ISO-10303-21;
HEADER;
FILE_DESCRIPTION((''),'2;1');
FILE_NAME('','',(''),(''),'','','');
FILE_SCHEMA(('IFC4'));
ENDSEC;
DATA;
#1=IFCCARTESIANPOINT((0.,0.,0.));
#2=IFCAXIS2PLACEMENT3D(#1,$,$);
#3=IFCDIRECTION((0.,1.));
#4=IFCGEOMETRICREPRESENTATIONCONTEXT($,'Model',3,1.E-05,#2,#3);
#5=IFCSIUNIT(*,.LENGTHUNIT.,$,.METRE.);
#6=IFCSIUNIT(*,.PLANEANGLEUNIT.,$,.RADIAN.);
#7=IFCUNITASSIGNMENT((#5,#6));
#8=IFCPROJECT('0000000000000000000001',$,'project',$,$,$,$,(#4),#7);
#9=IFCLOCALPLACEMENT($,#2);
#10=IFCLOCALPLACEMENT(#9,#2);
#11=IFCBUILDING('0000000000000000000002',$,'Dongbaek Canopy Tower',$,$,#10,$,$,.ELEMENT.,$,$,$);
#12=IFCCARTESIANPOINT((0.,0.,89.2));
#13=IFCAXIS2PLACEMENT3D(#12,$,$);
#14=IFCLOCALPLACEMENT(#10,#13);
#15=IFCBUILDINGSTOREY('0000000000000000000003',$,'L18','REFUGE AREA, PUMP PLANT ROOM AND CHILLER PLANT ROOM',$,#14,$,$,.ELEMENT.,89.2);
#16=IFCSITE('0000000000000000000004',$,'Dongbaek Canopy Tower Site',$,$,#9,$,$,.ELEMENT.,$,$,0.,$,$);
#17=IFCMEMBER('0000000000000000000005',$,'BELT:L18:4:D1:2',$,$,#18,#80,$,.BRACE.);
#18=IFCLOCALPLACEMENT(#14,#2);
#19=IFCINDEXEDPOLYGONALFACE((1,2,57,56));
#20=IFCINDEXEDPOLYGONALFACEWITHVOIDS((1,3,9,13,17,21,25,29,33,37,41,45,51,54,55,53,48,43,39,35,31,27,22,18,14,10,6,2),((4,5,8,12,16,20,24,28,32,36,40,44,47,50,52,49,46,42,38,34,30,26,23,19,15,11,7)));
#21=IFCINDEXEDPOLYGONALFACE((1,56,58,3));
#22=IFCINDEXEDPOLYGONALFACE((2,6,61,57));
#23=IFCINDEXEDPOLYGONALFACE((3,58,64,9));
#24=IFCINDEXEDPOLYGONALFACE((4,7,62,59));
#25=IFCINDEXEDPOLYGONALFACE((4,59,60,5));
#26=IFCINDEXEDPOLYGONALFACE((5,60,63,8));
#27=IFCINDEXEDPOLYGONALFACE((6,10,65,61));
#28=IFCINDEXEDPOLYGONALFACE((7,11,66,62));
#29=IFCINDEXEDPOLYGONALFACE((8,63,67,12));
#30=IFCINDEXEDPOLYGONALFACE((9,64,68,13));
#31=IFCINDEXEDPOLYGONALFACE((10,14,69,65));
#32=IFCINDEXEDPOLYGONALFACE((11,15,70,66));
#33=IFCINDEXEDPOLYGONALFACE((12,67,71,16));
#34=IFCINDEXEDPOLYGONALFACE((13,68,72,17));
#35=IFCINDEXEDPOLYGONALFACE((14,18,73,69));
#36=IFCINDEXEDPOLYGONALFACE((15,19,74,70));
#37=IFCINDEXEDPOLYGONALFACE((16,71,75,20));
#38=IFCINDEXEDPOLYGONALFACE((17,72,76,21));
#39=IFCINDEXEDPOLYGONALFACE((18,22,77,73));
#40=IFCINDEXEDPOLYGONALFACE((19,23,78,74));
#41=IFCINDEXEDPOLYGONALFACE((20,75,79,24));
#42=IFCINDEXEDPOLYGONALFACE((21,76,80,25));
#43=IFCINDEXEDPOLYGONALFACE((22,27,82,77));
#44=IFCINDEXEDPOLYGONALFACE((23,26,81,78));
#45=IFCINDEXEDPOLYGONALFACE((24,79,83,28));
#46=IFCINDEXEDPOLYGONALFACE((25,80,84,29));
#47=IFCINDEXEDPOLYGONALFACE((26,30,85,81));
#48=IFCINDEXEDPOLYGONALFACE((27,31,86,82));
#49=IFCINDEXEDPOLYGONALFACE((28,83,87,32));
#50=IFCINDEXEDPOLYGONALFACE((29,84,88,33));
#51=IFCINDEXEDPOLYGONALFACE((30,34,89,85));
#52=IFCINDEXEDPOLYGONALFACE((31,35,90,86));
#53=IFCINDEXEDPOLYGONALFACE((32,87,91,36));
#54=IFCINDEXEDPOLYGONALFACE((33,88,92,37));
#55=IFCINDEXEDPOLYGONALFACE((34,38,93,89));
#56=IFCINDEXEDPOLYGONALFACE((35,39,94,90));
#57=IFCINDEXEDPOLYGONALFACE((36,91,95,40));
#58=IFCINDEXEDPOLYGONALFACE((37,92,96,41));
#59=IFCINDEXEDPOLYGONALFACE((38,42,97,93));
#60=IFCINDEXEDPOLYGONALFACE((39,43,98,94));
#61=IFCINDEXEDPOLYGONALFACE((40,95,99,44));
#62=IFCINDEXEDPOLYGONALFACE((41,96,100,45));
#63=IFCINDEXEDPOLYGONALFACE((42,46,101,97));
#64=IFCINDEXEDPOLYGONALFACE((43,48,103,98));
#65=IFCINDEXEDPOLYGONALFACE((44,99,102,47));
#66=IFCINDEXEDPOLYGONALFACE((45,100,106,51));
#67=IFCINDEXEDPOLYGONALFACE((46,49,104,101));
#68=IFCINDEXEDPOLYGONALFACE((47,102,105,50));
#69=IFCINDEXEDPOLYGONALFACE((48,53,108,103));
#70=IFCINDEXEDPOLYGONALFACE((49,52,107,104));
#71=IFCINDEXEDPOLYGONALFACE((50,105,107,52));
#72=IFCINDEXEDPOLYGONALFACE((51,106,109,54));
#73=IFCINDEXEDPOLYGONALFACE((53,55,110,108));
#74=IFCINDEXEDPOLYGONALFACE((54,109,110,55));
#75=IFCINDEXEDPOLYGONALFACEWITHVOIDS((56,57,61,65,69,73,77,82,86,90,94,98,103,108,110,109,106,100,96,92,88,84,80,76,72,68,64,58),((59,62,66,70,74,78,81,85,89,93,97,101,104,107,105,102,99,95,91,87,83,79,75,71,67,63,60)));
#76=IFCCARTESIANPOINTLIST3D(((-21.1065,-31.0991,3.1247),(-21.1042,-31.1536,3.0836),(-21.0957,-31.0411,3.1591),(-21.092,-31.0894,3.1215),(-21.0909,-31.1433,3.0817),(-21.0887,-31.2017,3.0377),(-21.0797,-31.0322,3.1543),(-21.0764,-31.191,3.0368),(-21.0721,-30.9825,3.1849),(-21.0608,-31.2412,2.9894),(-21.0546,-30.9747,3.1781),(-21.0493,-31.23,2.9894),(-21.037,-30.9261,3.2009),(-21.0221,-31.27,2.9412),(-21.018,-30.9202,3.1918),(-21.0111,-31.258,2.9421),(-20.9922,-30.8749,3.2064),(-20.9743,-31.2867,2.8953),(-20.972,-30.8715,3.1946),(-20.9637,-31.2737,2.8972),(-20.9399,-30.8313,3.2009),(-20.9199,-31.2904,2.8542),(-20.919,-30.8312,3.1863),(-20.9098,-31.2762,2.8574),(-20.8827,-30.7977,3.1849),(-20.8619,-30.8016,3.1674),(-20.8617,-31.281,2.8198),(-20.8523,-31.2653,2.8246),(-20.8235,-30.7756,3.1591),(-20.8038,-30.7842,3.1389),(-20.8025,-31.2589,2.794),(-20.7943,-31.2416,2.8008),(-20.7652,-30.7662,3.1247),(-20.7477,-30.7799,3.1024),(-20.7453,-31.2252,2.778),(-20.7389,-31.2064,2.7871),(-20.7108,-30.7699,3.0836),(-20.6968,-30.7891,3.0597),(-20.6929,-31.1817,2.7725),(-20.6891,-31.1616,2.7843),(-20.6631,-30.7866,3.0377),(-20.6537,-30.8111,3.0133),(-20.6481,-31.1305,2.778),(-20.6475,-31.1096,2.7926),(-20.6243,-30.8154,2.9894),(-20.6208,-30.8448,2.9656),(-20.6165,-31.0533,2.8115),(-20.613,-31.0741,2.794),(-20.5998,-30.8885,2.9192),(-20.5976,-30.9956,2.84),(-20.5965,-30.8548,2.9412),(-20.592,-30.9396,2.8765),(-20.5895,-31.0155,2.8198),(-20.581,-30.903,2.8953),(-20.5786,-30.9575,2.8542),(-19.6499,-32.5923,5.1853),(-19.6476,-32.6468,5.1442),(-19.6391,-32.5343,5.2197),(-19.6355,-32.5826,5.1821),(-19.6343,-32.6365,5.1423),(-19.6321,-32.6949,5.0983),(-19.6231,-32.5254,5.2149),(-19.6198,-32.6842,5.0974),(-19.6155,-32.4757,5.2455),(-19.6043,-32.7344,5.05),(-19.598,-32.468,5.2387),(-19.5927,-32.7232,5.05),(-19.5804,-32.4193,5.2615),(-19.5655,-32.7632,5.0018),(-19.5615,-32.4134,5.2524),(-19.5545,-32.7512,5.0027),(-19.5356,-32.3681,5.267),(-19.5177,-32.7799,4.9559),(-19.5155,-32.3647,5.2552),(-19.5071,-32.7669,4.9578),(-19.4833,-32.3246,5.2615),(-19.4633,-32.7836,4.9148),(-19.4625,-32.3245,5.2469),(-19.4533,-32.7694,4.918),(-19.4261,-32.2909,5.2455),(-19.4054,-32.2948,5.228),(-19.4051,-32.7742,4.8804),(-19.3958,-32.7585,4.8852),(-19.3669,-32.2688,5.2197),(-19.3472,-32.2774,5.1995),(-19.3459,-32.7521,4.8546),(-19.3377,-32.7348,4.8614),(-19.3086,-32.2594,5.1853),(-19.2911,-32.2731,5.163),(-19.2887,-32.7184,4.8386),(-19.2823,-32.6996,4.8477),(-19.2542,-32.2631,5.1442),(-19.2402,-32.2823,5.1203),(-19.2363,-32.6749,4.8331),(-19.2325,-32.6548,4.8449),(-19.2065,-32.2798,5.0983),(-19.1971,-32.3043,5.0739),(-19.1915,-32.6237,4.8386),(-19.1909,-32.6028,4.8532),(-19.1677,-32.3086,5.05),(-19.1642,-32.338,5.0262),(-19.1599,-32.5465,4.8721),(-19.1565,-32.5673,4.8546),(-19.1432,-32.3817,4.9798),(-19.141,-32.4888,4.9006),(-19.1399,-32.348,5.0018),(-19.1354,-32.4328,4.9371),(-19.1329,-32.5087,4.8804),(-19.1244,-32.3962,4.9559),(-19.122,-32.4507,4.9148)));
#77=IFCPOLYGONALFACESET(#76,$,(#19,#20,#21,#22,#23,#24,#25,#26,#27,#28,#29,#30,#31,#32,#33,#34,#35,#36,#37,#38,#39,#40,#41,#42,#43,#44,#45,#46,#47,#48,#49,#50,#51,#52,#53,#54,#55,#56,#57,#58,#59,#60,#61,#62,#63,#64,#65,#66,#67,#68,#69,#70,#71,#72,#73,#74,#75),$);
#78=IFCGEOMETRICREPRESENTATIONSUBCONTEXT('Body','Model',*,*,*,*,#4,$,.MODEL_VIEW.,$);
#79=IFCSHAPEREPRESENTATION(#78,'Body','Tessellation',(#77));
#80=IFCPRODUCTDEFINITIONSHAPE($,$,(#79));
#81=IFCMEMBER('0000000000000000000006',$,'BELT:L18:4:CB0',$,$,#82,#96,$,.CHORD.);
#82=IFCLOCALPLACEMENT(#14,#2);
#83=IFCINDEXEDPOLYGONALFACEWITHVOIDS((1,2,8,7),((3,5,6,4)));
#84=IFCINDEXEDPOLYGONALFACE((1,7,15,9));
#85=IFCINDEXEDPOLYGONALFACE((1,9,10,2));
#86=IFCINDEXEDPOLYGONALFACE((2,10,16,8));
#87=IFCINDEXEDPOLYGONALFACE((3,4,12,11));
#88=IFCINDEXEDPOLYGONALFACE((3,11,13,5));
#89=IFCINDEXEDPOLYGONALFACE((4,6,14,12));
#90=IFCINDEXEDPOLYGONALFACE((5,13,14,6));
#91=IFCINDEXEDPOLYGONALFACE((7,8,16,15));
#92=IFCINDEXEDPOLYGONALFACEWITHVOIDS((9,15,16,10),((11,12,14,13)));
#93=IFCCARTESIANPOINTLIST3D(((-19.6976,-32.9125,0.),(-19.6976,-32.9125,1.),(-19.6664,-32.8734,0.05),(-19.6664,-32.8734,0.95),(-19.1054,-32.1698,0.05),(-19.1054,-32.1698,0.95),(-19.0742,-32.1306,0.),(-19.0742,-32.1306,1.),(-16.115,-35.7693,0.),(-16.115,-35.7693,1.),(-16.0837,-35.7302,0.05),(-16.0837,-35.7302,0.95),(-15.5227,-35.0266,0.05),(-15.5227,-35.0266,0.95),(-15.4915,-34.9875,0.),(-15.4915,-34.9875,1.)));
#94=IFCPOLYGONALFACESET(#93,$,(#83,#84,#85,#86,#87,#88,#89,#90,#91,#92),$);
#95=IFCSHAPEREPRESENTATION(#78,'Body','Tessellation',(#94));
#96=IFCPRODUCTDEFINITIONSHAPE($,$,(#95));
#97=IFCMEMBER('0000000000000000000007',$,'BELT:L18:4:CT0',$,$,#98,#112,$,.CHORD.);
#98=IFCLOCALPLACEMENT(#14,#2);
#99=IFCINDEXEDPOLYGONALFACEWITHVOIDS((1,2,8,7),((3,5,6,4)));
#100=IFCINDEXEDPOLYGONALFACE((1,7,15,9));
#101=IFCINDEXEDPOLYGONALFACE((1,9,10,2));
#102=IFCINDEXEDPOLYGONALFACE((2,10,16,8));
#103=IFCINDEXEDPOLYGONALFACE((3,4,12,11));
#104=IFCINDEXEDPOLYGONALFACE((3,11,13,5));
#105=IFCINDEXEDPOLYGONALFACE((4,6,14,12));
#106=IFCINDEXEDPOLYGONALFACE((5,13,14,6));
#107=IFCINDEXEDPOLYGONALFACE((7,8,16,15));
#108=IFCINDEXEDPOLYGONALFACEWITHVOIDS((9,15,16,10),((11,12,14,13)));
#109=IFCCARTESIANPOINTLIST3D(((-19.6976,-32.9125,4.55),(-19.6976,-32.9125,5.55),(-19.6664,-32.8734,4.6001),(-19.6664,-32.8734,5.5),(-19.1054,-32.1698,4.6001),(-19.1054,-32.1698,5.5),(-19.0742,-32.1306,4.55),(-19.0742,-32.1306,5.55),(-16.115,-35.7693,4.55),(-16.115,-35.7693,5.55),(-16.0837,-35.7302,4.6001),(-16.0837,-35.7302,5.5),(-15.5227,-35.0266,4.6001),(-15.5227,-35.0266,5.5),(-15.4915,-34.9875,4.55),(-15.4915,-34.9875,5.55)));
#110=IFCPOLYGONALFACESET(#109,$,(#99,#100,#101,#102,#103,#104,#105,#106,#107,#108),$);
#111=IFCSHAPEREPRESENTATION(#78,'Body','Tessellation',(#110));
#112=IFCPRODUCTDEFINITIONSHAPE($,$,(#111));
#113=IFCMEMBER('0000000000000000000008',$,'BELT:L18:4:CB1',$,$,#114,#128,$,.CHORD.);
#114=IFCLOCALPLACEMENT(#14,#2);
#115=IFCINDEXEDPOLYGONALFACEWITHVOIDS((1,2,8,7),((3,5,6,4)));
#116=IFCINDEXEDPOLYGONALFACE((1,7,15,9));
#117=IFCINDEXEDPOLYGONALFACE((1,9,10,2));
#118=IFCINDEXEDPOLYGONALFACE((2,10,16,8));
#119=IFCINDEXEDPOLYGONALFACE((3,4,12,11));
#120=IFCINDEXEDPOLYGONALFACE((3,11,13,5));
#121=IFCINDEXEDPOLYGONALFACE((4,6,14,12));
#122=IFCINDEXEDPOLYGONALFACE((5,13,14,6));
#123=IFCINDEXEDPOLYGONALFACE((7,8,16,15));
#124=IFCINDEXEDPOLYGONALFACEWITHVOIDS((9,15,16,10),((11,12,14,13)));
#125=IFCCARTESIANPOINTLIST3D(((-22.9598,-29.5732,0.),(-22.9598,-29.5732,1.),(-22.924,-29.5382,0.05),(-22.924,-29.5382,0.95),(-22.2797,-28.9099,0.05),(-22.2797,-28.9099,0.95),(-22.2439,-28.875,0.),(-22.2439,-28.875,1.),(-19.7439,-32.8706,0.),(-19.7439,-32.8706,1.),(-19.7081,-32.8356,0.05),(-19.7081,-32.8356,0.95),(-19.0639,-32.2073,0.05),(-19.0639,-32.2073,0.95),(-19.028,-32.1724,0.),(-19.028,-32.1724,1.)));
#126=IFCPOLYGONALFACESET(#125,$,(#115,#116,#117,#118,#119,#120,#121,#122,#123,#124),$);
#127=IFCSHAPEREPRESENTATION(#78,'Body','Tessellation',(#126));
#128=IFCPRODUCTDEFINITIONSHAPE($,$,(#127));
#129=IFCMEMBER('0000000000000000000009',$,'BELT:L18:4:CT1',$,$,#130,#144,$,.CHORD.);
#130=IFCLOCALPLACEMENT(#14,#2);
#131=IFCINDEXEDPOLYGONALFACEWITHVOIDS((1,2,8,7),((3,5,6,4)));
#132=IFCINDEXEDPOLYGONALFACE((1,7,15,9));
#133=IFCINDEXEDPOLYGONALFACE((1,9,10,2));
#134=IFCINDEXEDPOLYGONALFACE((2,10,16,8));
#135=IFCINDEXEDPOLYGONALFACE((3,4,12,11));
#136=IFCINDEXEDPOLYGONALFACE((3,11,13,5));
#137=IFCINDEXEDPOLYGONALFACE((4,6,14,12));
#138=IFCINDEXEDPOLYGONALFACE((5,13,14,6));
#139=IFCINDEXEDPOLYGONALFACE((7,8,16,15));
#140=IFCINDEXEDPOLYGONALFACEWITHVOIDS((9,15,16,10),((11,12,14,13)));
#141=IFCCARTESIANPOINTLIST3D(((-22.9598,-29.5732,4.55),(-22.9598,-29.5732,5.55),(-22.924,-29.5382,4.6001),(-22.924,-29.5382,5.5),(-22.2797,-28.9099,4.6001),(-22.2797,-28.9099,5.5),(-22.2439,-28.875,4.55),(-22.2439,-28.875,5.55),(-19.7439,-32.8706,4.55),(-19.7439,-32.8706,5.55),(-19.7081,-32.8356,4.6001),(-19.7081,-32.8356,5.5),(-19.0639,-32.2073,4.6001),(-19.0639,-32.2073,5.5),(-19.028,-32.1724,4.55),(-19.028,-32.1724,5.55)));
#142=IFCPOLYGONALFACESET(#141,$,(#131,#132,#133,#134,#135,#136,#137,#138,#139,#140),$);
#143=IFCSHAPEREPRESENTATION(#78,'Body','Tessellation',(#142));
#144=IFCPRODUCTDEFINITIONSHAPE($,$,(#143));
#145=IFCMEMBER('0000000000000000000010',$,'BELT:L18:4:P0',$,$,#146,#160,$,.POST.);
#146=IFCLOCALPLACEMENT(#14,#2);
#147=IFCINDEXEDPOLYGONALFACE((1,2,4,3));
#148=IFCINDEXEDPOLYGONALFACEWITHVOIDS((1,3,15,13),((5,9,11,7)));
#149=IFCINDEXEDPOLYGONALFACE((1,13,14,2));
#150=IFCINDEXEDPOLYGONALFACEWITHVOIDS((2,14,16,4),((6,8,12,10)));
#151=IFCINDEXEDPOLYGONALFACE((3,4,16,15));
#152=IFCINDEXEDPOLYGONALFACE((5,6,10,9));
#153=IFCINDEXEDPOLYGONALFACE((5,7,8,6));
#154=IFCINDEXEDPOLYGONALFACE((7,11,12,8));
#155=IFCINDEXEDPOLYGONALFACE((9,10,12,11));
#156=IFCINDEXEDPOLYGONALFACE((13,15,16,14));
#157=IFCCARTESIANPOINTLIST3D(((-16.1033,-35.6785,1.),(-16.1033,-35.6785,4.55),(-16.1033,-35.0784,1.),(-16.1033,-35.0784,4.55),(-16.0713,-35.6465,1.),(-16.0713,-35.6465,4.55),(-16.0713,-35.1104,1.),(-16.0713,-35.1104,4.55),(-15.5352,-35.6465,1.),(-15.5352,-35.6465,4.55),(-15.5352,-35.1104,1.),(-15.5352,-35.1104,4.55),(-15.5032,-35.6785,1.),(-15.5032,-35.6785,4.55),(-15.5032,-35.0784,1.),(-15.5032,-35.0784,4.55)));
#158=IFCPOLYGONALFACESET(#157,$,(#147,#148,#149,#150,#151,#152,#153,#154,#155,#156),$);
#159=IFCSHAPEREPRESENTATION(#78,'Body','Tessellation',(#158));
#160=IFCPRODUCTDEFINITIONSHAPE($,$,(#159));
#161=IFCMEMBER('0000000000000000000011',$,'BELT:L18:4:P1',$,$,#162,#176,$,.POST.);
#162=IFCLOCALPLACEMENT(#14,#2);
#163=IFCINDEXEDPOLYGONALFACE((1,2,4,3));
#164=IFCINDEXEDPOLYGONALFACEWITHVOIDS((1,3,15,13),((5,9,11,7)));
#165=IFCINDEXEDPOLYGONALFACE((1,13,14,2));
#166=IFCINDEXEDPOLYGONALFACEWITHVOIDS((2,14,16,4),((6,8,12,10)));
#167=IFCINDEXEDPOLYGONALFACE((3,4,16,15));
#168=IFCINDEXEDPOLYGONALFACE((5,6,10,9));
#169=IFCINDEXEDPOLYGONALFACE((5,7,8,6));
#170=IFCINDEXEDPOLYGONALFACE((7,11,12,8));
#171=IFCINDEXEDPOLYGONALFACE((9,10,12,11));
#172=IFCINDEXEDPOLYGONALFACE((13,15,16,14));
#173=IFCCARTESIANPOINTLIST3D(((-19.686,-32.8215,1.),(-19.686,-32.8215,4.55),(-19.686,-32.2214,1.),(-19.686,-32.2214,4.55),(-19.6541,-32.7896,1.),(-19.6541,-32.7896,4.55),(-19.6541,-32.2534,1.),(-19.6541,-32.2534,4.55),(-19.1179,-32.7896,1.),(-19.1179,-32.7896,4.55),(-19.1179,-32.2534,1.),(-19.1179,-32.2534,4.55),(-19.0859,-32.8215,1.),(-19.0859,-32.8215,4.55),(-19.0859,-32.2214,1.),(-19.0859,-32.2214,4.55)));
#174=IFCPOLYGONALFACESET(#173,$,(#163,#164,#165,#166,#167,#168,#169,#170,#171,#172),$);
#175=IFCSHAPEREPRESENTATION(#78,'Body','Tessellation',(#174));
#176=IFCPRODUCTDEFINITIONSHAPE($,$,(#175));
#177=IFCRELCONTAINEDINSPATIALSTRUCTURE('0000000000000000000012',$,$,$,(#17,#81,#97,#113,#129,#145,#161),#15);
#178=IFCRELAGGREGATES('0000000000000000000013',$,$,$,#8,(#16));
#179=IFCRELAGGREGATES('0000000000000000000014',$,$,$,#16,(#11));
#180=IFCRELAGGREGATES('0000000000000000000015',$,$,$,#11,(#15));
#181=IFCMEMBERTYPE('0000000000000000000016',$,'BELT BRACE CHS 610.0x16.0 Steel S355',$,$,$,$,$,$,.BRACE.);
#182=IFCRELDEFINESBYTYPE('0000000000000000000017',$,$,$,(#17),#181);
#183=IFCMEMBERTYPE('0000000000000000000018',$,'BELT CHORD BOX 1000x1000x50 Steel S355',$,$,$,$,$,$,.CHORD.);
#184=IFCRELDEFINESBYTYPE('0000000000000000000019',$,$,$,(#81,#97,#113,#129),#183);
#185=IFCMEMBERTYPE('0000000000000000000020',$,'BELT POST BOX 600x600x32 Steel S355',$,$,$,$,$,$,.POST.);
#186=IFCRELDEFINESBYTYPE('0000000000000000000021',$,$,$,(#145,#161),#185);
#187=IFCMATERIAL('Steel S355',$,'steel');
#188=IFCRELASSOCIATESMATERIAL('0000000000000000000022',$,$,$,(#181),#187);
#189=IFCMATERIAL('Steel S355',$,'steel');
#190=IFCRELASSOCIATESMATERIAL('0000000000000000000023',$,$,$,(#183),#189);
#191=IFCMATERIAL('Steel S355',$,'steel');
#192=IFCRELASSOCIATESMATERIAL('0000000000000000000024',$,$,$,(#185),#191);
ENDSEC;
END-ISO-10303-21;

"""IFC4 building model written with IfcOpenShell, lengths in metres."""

from ifc_helpers import new_model, si_unit, direction, frame, origin, origin_2d, place, context, subcontext, project, spatial, hollow_rectangle, hollow_circle, extrude, material, material_profile, profile_set, type_object, element, save


model = new_model("IFC4")

# Units and contexts
model_context = context("Model", 3, precision=1e-05, world=origin(), true_north=direction((0.0, 1.0)))
body_context = subcontext(model_context, "Body", "Model", "MODEL_VIEW")
ifc_project = project(units=[si_unit("LENGTHUNIT", "METRE"), si_unit("PLANEANGLEUNIT", "RADIAN")], contexts=[model_context])

# Site, building, storey
site_placement = place(None, origin())
site = spatial("IfcSite", under=ifc_project, at=site_placement, Name="Dongbaek Canopy Tower Site", CompositionType="ELEMENT", RefElevation=0.0)
building_placement = place(site_placement, origin())
building = spatial("IfcBuilding", under=site, at=building_placement, Name="Dongbaek Canopy Tower", CompositionType="ELEMENT")
storey_placement = place(building_placement, frame((0.0, 0.0, 89.2)))
storey = spatial("IfcBuildingStorey", under=building, at=storey_placement, Name="L18", Description="REFUGE AREA, PUMP PLANT ROOM AND CHILLER PLANT ROOM", CompositionType="ELEMENT", Elevation=89.2)

# Members
ifc_material_1 = material(Name="Steel S355", Category="steel")
ifc_material_profile_1 = material_profile(ifc_material_1, hollow_circle(Radius=0.3049, WallThickness=0.0161, at=origin_2d()), Name="BELT BRACE CHS 610.0x16.0 Steel S355")
ifc_profile_set_1 = profile_set([ifc_material_profile_1], Name="Steel S355")
member_type_1 = type_object("IfcMemberType", Name="BELT BRACE CHS 610.0x16.0 Steel S355", PredefinedType="BRACE", material=ifc_profile_set_1)
member_1_placement = place(storey_placement, frame((-19.386, -32.5215, 5.05), z_axis=(-0.496766, 0.509256, -0.702767), x_axis=(-0.71583, -0.698274, 0.0)))
element("IfcMember", 1, at=member_1_placement, inside=storey, type_object=member_type_1, Name="BELT:L18:4:D1:2", PredefinedType="BRACE", context=body_context, shape_type="SweptSolid", body=[
    extrude(hollow_circle(Radius=0.3049, WallThickness=0.0161, at=origin_2d()), origin(), (0.0, 0.0, 1.0), 2.9321),
])
ifc_material_2 = material(Name="Steel S355", Category="steel")
ifc_material_profile_2 = material_profile(ifc_material_2, hollow_rectangle(XDim=1.0, YDim=1.0, WallThickness=0.05, at=origin_2d()), Name="BELT CHORD BOX 1000x1000x50 Steel S355")
ifc_profile_set_2 = profile_set([ifc_material_profile_2], Name="Steel S355")
member_type_2 = type_object("IfcMemberType", Name="BELT CHORD BOX 1000x1000x50 Steel S355", PredefinedType="CHORD", material=ifc_profile_set_2)
for number, where, z_axis, x_axis, name in (
    (2, (-15.8032, -35.3784, 0.5), (-0.781855, 0.62346, 0.0), (-0.62346, -0.781855, 0.0), "BELT:L18:4:CB0"),
    (3, (-15.8032, -35.3784, 5.05), (-0.781855, 0.62346, 0.0), (-0.62346, -0.781855, 0.0), "BELT:L18:4:CT0"),
):
    element("IfcMember", number, at=place(storey_placement, frame(where, z_axis=z_axis, x_axis=x_axis)), inside=storey, type_object=member_type_2, Name=name, PredefinedType="CHORD", context=body_context, shape_type="SweptSolid", body=[
        extrude(hollow_rectangle(XDim=1.0, YDim=1.0, WallThickness=0.05, at=origin_2d()), origin(), (0.0, 0.0, 1.0), 4.5823),
    ])
for number, where, z_axis, x_axis, name in (
    (4, (-19.386, -32.5215, 0.5), (-0.698199, 0.715903, 0.0), (-0.715903, -0.698199, 0.0), "BELT:L18:4:CB1"),
    (5, (-19.386, -32.5215, 5.05), (-0.698199, 0.715903, 0.0), (-0.715903, -0.698199, 0.0), "BELT:L18:4:CT1"),
):
    element("IfcMember", number, at=place(storey_placement, frame(where, z_axis=z_axis, x_axis=x_axis)), inside=storey, type_object=member_type_2, Name=name, PredefinedType="CHORD", context=body_context, shape_type="SweptSolid", body=[
        extrude(hollow_rectangle(XDim=1.0, YDim=1.0, WallThickness=0.05, at=origin_2d()), origin(), (0.0, 0.0, 1.0), 4.606),
    ])
ifc_material_3 = material(Name="Steel S355", Category="steel")
ifc_material_profile_3 = material_profile(ifc_material_3, hollow_rectangle(XDim=0.6001, YDim=0.6001, WallThickness=0.032, at=origin_2d()), Name="BELT POST BOX 600x600x32 Steel S355")
ifc_profile_set_3 = profile_set([ifc_material_profile_3], Name="Steel S355")
member_type_3 = type_object("IfcMemberType", Name="BELT POST BOX 600x600x32 Steel S355", PredefinedType="POST", material=ifc_profile_set_3)
for number, where, z_axis, x_axis, name in (
    (6, (-15.8032, -35.3784, 1.0), (0.0, 0.0, 1.0), (1.0, 0.0, 0.0), "BELT:L18:4:P0"),
    (7, (-19.386, -32.5215, 1.0), (0.0, 0.0, 1.0), (1.0, 0.0, 0.0), "BELT:L18:4:P1"),
):
    element("IfcMember", number, at=place(storey_placement, frame(where, z_axis=z_axis, x_axis=x_axis)), inside=storey, type_object=member_type_3, Name=name, PredefinedType="POST", context=body_context, shape_type="SweptSolid", body=[
        extrude(hollow_rectangle(XDim=0.6001, YDim=0.6001, WallThickness=0.032, at=origin_2d()), origin(), (0.0, 0.0, 1.0), 3.55),
    ])

save(model, "model.ifc")
